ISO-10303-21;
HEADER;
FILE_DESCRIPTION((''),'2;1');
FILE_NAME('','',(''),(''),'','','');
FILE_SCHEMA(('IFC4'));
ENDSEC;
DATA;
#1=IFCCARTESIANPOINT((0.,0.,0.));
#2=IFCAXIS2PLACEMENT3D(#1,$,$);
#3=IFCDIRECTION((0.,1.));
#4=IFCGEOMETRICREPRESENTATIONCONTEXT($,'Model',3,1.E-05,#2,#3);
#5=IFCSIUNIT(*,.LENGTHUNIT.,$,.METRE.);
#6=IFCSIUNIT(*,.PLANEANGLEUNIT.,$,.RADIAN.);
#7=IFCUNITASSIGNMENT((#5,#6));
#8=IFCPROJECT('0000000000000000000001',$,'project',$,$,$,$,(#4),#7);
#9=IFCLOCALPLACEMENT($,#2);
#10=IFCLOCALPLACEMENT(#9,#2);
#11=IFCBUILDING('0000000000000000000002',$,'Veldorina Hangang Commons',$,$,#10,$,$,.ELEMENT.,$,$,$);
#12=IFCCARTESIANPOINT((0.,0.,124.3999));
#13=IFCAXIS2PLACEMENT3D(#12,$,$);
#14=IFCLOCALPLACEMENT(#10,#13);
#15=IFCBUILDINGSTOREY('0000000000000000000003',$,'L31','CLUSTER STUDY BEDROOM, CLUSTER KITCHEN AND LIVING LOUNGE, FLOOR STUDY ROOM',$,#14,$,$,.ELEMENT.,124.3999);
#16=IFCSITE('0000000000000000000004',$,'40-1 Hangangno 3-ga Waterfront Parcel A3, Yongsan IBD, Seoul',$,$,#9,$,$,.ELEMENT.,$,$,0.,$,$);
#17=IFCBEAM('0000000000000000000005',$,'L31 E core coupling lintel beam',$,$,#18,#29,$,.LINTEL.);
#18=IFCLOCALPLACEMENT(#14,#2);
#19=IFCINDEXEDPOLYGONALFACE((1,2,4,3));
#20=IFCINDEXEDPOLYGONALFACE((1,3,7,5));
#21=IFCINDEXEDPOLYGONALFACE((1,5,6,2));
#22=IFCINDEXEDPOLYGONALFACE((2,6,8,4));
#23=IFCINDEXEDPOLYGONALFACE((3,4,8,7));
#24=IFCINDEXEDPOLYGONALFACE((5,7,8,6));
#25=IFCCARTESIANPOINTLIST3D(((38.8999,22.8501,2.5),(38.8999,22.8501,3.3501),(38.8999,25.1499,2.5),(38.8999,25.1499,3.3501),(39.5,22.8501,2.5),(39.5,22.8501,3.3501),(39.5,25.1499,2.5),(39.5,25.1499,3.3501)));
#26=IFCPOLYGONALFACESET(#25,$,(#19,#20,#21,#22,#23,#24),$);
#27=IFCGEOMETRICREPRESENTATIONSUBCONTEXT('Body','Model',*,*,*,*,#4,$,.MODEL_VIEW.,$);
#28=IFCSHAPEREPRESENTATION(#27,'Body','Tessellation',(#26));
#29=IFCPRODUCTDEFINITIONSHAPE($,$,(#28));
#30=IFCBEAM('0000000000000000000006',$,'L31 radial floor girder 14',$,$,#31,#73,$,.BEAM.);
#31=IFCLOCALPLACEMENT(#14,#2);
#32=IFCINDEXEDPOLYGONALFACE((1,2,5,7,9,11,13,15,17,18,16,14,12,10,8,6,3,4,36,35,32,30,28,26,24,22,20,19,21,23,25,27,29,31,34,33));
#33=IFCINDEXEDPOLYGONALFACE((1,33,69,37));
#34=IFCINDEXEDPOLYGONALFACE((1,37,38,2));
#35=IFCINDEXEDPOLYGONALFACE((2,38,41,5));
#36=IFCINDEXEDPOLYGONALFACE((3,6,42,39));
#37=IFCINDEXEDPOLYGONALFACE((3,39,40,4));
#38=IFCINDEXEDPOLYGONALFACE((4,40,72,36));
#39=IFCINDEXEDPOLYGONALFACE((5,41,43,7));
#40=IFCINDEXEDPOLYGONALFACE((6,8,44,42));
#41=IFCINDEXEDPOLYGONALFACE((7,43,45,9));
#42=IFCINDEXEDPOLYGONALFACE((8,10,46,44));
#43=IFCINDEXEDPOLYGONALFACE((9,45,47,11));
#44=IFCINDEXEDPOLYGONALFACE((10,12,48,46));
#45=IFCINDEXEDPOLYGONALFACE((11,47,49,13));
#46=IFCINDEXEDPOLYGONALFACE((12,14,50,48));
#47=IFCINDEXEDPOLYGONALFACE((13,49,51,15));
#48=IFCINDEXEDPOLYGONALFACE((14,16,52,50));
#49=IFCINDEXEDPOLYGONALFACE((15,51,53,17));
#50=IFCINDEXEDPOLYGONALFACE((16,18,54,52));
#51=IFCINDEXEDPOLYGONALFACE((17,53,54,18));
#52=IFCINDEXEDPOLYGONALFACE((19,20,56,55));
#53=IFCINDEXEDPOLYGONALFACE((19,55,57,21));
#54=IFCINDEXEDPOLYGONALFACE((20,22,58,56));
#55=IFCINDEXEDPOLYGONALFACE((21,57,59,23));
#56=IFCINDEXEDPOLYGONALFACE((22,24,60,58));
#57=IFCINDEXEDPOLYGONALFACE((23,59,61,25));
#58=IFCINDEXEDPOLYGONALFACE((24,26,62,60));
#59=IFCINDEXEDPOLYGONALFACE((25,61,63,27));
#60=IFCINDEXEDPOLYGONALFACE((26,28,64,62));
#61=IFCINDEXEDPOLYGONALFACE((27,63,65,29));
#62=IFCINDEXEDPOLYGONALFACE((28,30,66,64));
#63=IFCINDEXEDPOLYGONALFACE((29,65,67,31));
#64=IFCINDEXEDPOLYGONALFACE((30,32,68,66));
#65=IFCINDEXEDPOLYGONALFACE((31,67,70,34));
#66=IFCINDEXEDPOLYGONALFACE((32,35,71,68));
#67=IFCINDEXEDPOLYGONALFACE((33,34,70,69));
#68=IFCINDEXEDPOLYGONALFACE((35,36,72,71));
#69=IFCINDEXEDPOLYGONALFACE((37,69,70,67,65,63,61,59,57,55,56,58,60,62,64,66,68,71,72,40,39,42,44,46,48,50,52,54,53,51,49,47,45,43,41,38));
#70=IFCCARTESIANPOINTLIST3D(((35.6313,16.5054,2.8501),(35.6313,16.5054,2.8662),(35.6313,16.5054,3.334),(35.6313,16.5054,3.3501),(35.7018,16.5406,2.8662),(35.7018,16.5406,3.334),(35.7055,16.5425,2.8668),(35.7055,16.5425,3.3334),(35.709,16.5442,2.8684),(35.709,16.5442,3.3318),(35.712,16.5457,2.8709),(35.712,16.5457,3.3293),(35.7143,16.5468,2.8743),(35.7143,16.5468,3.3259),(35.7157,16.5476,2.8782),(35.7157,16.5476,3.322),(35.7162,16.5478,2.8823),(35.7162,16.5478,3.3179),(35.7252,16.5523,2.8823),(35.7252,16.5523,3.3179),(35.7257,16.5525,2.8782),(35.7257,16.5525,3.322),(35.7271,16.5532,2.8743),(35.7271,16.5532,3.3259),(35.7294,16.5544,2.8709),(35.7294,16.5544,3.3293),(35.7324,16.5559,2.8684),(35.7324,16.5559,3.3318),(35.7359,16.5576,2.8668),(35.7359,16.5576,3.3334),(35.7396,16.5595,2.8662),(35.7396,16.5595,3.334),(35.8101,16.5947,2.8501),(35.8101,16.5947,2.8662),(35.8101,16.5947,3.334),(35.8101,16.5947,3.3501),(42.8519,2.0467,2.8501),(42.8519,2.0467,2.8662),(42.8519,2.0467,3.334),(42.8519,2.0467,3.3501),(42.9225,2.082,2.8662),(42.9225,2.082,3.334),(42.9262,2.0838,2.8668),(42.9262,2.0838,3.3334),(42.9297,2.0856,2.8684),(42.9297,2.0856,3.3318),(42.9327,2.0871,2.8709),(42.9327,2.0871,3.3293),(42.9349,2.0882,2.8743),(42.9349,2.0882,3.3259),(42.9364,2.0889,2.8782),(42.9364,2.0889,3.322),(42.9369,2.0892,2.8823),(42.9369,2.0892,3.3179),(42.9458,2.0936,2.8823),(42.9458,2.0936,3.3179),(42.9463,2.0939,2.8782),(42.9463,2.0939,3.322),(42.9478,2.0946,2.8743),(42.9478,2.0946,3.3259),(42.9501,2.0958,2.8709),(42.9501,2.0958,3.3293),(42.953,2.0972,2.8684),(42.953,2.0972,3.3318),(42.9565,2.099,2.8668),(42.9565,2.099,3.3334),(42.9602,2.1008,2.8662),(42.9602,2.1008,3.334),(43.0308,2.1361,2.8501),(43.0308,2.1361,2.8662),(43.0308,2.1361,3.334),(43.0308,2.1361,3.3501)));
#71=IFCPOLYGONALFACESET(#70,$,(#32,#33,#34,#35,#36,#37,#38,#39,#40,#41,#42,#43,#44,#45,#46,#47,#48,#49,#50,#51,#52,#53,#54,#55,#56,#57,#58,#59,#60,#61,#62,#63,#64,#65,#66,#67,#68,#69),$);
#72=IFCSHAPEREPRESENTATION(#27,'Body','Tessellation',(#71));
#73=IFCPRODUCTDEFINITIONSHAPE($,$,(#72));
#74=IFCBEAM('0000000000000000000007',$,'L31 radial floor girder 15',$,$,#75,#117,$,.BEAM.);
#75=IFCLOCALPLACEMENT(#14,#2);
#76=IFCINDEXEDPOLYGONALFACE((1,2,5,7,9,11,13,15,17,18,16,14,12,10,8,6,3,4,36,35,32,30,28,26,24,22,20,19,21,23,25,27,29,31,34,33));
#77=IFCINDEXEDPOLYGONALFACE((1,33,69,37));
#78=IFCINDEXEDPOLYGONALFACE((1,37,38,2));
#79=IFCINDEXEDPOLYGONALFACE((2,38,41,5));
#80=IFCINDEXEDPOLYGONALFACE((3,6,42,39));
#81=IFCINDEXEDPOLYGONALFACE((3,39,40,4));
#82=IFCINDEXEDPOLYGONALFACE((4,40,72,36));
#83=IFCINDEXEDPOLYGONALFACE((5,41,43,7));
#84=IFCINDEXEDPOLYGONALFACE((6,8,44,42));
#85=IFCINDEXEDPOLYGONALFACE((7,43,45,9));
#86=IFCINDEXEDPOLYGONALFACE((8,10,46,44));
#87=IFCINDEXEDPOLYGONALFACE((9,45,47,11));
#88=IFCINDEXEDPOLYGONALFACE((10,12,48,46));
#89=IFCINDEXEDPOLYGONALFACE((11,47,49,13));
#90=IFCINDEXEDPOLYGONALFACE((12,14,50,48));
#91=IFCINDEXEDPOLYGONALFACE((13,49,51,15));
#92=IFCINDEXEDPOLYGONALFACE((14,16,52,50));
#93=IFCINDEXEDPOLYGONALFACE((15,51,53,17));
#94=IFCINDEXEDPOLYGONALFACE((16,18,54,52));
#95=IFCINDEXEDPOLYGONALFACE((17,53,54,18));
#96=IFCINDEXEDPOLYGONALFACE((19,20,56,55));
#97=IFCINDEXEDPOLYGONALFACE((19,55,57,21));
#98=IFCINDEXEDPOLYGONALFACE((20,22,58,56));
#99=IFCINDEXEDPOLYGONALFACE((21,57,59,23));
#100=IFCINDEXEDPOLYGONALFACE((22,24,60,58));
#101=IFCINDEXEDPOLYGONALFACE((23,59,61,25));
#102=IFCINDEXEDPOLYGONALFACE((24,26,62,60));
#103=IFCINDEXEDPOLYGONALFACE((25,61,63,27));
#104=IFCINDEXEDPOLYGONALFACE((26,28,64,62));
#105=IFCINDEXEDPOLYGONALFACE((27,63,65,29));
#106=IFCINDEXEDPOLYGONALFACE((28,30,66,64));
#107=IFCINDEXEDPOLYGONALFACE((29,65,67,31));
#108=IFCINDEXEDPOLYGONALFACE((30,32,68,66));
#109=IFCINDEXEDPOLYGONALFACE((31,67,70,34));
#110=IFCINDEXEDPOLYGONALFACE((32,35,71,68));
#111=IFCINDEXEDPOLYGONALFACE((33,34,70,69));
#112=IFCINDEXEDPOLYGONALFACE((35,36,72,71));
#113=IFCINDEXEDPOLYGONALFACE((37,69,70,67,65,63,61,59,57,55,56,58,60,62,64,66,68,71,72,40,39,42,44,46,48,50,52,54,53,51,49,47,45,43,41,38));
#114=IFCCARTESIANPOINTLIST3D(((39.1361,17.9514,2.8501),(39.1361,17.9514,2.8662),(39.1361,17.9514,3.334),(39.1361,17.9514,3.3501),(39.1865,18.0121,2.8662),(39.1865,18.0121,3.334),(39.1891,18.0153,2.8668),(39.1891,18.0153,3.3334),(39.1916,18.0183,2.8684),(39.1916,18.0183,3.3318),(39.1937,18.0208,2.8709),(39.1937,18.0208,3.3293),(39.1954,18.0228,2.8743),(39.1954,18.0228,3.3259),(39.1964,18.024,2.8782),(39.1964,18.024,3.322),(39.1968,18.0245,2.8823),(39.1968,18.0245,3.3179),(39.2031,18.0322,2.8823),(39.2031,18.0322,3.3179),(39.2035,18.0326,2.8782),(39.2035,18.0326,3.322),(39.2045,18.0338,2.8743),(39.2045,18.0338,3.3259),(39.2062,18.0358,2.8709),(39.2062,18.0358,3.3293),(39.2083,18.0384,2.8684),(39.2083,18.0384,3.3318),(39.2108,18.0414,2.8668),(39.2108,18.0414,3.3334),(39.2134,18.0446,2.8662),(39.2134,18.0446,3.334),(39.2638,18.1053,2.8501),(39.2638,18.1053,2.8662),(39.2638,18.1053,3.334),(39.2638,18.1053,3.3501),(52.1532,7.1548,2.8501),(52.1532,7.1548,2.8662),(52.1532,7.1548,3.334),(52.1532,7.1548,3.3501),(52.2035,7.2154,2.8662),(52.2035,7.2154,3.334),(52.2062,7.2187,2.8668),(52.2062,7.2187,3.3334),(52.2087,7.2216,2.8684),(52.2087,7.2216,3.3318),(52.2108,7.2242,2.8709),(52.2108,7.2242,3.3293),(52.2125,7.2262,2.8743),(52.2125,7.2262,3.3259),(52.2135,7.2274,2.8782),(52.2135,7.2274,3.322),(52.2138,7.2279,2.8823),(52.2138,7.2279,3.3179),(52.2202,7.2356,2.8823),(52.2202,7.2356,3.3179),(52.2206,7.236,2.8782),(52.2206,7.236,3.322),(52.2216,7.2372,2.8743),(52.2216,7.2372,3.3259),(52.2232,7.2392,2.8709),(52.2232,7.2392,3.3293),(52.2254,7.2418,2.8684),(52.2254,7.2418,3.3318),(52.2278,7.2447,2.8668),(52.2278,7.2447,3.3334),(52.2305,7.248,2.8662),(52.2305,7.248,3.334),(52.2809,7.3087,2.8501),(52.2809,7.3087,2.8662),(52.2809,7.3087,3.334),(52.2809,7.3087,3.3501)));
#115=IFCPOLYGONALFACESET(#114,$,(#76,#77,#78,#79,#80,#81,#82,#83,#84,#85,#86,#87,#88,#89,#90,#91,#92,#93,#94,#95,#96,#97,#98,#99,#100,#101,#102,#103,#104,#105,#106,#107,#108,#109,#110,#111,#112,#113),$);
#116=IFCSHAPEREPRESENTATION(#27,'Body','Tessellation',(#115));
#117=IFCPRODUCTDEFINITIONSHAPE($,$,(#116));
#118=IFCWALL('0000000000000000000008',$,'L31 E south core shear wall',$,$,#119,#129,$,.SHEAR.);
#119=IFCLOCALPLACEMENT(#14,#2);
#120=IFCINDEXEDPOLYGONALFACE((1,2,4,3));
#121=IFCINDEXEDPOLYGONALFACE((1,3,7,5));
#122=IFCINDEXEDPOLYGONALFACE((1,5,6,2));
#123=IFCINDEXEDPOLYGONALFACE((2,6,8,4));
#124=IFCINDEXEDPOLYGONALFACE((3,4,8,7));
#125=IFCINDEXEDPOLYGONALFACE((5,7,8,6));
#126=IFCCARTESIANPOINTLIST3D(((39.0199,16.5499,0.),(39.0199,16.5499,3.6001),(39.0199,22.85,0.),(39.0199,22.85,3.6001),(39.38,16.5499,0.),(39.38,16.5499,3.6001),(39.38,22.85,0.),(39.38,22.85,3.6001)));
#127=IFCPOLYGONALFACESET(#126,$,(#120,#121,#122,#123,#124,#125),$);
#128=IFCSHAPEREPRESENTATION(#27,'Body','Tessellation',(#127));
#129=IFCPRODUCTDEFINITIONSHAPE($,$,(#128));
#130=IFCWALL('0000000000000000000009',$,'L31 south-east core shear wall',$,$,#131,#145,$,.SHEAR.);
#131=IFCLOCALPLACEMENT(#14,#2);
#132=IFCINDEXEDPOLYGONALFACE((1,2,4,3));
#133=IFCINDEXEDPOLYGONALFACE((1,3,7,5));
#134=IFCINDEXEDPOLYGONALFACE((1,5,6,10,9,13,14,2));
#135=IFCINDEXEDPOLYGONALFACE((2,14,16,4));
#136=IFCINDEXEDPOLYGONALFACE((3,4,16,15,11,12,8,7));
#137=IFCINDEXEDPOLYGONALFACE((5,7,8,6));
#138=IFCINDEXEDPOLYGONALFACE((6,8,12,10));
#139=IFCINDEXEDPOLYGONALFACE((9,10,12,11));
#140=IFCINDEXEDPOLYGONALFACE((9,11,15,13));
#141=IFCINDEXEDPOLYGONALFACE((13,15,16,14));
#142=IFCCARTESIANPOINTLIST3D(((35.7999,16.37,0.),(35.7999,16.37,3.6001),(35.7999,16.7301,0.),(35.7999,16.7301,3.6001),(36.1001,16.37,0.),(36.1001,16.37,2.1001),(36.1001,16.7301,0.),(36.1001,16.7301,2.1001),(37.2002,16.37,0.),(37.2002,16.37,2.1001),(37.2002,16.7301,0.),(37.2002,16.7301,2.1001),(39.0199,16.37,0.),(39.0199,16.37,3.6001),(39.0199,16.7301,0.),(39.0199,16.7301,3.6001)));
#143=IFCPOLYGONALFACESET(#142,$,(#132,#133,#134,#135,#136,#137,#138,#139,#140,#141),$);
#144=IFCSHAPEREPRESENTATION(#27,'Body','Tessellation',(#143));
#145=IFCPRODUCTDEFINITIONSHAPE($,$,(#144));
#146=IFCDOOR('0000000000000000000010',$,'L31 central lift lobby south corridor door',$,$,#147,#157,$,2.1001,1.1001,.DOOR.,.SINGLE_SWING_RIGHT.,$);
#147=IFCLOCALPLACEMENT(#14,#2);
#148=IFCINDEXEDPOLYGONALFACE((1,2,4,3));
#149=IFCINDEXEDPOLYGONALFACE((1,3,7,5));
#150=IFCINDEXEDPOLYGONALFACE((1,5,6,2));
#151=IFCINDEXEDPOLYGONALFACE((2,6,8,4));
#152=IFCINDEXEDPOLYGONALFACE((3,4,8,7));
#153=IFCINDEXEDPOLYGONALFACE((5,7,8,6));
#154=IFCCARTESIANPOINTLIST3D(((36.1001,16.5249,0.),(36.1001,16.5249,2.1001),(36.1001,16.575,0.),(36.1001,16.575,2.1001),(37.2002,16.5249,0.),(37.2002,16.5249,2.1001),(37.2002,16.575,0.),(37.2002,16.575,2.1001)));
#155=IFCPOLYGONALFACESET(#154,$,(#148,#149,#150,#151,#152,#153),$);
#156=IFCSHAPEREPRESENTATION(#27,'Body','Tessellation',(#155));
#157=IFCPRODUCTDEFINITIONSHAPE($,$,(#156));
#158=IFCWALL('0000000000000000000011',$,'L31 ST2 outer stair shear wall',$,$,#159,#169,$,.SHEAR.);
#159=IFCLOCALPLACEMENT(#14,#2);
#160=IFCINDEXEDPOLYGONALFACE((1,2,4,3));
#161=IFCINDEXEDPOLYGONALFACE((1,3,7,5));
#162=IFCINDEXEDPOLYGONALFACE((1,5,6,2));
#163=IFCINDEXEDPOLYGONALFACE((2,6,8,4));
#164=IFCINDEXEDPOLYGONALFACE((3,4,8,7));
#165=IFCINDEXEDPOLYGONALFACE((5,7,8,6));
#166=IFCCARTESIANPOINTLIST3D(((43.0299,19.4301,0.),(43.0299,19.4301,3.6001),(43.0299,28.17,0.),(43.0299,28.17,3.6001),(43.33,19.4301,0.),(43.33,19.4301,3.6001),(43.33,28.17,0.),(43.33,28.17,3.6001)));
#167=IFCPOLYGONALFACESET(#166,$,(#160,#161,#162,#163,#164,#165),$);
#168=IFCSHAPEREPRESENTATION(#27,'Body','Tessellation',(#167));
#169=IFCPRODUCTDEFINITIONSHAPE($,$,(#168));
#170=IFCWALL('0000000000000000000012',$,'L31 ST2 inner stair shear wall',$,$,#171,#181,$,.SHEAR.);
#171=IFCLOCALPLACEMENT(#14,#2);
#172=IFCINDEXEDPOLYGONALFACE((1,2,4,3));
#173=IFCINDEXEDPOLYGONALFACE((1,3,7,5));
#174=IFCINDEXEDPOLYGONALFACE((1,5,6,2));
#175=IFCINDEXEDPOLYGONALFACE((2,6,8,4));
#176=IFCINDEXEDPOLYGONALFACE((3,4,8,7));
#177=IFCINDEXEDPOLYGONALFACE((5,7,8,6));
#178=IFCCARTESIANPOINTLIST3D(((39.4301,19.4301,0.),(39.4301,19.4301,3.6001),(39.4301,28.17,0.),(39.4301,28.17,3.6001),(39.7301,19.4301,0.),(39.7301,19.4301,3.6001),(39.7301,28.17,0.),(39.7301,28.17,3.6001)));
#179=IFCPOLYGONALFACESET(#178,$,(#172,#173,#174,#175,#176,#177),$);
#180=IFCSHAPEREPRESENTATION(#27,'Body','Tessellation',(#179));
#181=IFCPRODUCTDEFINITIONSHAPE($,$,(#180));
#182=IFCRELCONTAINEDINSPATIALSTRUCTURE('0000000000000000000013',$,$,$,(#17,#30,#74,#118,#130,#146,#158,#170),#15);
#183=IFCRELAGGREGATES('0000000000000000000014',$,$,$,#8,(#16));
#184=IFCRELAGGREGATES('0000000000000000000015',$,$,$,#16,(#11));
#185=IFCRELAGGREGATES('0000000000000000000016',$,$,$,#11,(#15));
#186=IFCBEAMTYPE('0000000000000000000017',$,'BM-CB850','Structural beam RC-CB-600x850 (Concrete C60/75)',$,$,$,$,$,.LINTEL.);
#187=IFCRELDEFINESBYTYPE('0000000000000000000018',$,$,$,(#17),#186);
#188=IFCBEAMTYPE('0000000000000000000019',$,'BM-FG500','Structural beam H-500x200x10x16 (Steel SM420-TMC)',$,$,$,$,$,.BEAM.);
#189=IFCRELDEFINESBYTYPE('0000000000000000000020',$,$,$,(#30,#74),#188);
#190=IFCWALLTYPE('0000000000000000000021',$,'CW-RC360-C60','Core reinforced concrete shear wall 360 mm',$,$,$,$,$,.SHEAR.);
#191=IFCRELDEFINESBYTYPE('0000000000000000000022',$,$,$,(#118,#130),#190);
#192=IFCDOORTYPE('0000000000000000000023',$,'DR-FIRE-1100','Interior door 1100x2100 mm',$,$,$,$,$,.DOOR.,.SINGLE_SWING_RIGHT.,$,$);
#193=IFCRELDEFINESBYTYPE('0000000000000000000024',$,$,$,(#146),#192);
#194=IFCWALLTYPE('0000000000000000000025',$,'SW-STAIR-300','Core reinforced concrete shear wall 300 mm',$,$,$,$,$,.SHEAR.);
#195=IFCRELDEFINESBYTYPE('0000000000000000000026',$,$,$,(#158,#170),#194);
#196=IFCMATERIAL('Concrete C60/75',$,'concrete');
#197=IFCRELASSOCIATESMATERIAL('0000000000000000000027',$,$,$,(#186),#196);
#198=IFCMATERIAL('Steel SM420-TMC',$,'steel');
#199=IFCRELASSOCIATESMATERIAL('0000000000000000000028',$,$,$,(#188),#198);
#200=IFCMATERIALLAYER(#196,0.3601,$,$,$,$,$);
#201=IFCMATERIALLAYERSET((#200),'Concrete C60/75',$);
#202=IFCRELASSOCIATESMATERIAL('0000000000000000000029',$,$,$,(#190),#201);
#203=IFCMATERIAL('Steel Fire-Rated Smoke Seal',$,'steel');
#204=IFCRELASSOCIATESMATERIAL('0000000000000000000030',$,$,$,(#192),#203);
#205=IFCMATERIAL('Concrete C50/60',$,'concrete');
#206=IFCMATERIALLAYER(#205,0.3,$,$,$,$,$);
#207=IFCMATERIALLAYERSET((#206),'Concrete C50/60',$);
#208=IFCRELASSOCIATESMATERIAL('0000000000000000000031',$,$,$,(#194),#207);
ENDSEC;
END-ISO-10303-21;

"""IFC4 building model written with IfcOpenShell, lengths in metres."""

from ifc_helpers import new_model, si_unit, direction, frame, frame_2d, origin, origin_2d, place, context, subcontext, project, spatial, rectangle, i_section, extrude, material, layer, layer_set, material_profile, profile_set, type_object, element, fill, save


model = new_model("IFC4")

# Units and contexts
model_context = context("Model", 3, precision=1e-05, world=origin(), true_north=direction((0.0, 1.0)))
body_context = subcontext(model_context, "Body", "Model", "MODEL_VIEW")
ifc_project = project(units=[si_unit("LENGTHUNIT", "METRE"), si_unit("PLANEANGLEUNIT", "RADIAN")], contexts=[model_context])

# Site, building, storey
site_placement = place(None, origin())
site = spatial("IfcSite", under=ifc_project, at=site_placement, Name="40-1 Hangangno 3-ga Waterfront Parcel A3, Yongsan IBD, Seoul", CompositionType="ELEMENT", RefElevation=0.0)
building_placement = place(site_placement, origin())
building = spatial("IfcBuilding", under=site, at=building_placement, Name="Veldorina Hangang Commons", CompositionType="ELEMENT")
storey_placement = place(building_placement, frame((0.0, 0.0, 124.3999)))
storey = spatial("IfcBuildingStorey", under=building, at=storey_placement, Name="L31", Description="CLUSTER STUDY BEDROOM, CLUSTER KITCHEN AND LIVING LOUNGE, FLOOR STUDY ROOM", CompositionType="ELEMENT", Elevation=124.3999)

# Beams
ifc_material_1 = material(Name="Concrete C60/75", Category="concrete")
ifc_material_profile_1 = material_profile(ifc_material_1, rectangle(XDim=0.6001, YDim=0.8501, at=origin_2d()), Name="RC-CB-600x850")
ifc_profile_set_1 = profile_set([ifc_material_profile_1], Name="Concrete C60/75")
beam_type_1 = type_object("IfcBeamType", Name="BM-CB850", Description="Structural beam RC-CB-600x850 (Concrete C60/75)", PredefinedType="LINTEL", material=ifc_profile_set_1)
beam_1_placement = place(storey_placement, frame((39.2, 22.8501, 2.925), z_axis=(0.0, 1.0, 0.0), x_axis=(-1.0, 0.0, 0.0)))
element("IfcBeam", 1, at=beam_1_placement, inside=storey, type_object=beam_type_1, Name="L31 E core coupling lintel beam", PredefinedType="LINTEL", context=body_context, shape_type="SweptSolid", body=[
    extrude(rectangle(XDim=0.6001, YDim=0.8501, at=origin_2d()), origin(), (0.0, 0.0, 1.0), 2.2998),
])
ifc_material_2 = material(Name="Steel SM420-TMC", Category="steel")
ifc_material_profile_2 = material_profile(ifc_material_2, i_section(OverallWidth=0.2, OverallDepth=0.5, WebThickness=0.01, FlangeThickness=0.0161, FilletRadius=0.0161, at=origin_2d()), Name="H-500x200x10x16")
ifc_profile_set_2 = profile_set([ifc_material_profile_2], Name="Steel SM420-TMC")
beam_type_2 = type_object("IfcBeamType", Name="BM-FG500", Description="Structural beam H-500x200x10x16 (Steel SM420-TMC)", PredefinedType="BEAM", material=ifc_profile_set_2)
beam_2_placement = place(storey_placement, frame((35.7207, 16.55, 3.1001), z_axis=(0.446785, -0.894642, 0.0), x_axis=(0.894642, 0.446785, 0.0)))
element("IfcBeam", 2, at=beam_2_placement, inside=storey, type_object=beam_type_2, Name="L31 radial floor girder 14", PredefinedType="BEAM", context=body_context, shape_type="SweptSolid", body=[
    extrude(i_section(OverallWidth=0.2, OverallDepth=0.5, WebThickness=0.01, FlangeThickness=0.0161, FilletRadius=0.0161, at=origin_2d()), origin(), (0.0, 0.0, 1.0), 16.1614),
])
beam_3_placement = place(storey_placement, frame((39.2, 18.0283, 3.1001), z_axis=(0.769701, -0.638405, 0.0), x_axis=(0.638405, 0.769701, 0.0)))
element("IfcBeam", 3, at=beam_3_placement, inside=storey, type_object=beam_type_2, Name="L31 radial floor girder 15", PredefinedType="BEAM", context=body_context, shape_type="SweptSolid", body=[
    extrude(i_section(OverallWidth=0.2, OverallDepth=0.5, WebThickness=0.01, FlangeThickness=0.0161, FilletRadius=0.0161, at=origin_2d()), origin(), (0.0, 0.0, 1.0), 16.9119),
])

# Wall
ifc_layer_1 = layer(ifc_material_1, 0.3601)
ifc_layer_set_1 = layer_set([ifc_layer_1], Name="Concrete C60/75")
wall_type_1 = type_object("IfcWallType", Name="CW-RC360-C60", Description="Core reinforced concrete shear wall 360 mm", PredefinedType="SHEAR", material=ifc_layer_set_1)
wall_1_placement = place(storey_placement, frame((39.2, 16.55, 0.0), z_axis=(0.0, 0.0, 1.0), x_axis=(0.0, 1.0, 0.0)))
element("IfcWall", 4, at=wall_1_placement, inside=storey, type_object=wall_type_1, Name="L31 E south core shear wall", PredefinedType="SHEAR", context=body_context, shape_type="SweptSolid", body=[
    extrude(rectangle(XDim=6.3, YDim=0.3601, at=frame_2d((3.1499, 0.0))), origin(), (0.0, 0.0, 1.0), 3.6001),
])

# Wall, opening, door
wall_2_placement = place(storey_placement, frame((35.8, 16.55, 0.0), z_axis=(0.0, 0.0, 1.0), x_axis=(1.0, 0.0, 0.0)))
wall_2 = element("IfcWall", 5, at=wall_2_placement, inside=storey, type_object=wall_type_1, Name="L31 south-east core shear wall", PredefinedType="SHEAR", context=body_context, shape_type="SweptSolid", body=[
    extrude(rectangle(XDim=3.22, YDim=0.3601, at=frame_2d((1.6099, 0.0))), origin(), (0.0, 0.0, 1.0), 3.6001),
])
opening_1_placement = place(wall_2_placement, frame((0.3, 0.0, 0.0)))
opening_1 = element("IfcOpeningElement", 6, at=opening_1_placement, cuts=wall_2, PredefinedType="OPENING", context=body_context, shape_type="SweptSolid", body=[
    extrude(rectangle(XDim=1.1001, YDim=2.1001, at=frame_2d((0.55, 1.05))), frame((0.0, 0.1899, 0.0), z_axis=(0.0, -1.0, 0.0), x_axis=(1.0, 0.0, 0.0)), (0.0, 0.0, 1.0), 0.3801),
])
ifc_material_3 = material(Name="Steel Fire-Rated Smoke Seal", Category="steel")
door_type_1 = type_object("IfcDoorType", Name="DR-FIRE-1100", Description="Interior door 1100x2100 mm", OperationType="SINGLE_SWING_RIGHT", PredefinedType="DOOR", material=ifc_material_3)
door_1_placement = place(opening_1_placement, origin())
door_1 = element("IfcDoor", 7, at=door_1_placement, inside=storey, type_object=door_type_1, Name="L31 central lift lobby south corridor door", OperationType="SINGLE_SWING_RIGHT", OverallHeight=2.1001, OverallWidth=1.1001, PredefinedType="DOOR", context=body_context, shape_type="SweptSolid", body=[
    extrude(rectangle(XDim=1.1001, YDim=2.1001, at=frame_2d((0.55, 1.05))), frame((0.0, 0.0249, 0.0), z_axis=(0.0, -1.0, 0.0), x_axis=(1.0, 0.0, 0.0)), (0.0, 0.0, 1.0), 0.05),
])
fill(opening_1, door_1)

# Walls
ifc_material_4 = material(Name="Concrete C50/60", Category="concrete")
ifc_layer_2 = layer(ifc_material_4, 0.3)
ifc_layer_set_2 = layer_set([ifc_layer_2], Name="Concrete C50/60")
wall_type_2 = type_object("IfcWallType", Name="SW-STAIR-300", Description="Core reinforced concrete shear wall 300 mm", PredefinedType="SHEAR", material=ifc_layer_set_2)
for number, where, z_axis, x_axis, name in (
    (8, (43.1799, 19.4299, 0.0), (0.0, 0.0, 1.0), (0.0, 1.0, 0.0), "L31 ST2 outer stair shear wall"),
    (9, (39.5801, 19.4299, 0.0), (0.0, 0.0, 1.0), (0.0, 1.0, 0.0), "L31 ST2 inner stair shear wall"),
):
    element("IfcWall", number, at=place(storey_placement, frame(where, z_axis=z_axis, x_axis=x_axis)), inside=storey, type_object=wall_type_2, Name=name, PredefinedType="SHEAR", context=body_context, shape_type="SweptSolid", body=[
        extrude(rectangle(XDim=8.74, YDim=0.3, at=frame_2d((4.3701, 0.0))), origin(), (0.0, 0.0, 1.0), 3.6001),
    ])

save(model, "model.ifc")
